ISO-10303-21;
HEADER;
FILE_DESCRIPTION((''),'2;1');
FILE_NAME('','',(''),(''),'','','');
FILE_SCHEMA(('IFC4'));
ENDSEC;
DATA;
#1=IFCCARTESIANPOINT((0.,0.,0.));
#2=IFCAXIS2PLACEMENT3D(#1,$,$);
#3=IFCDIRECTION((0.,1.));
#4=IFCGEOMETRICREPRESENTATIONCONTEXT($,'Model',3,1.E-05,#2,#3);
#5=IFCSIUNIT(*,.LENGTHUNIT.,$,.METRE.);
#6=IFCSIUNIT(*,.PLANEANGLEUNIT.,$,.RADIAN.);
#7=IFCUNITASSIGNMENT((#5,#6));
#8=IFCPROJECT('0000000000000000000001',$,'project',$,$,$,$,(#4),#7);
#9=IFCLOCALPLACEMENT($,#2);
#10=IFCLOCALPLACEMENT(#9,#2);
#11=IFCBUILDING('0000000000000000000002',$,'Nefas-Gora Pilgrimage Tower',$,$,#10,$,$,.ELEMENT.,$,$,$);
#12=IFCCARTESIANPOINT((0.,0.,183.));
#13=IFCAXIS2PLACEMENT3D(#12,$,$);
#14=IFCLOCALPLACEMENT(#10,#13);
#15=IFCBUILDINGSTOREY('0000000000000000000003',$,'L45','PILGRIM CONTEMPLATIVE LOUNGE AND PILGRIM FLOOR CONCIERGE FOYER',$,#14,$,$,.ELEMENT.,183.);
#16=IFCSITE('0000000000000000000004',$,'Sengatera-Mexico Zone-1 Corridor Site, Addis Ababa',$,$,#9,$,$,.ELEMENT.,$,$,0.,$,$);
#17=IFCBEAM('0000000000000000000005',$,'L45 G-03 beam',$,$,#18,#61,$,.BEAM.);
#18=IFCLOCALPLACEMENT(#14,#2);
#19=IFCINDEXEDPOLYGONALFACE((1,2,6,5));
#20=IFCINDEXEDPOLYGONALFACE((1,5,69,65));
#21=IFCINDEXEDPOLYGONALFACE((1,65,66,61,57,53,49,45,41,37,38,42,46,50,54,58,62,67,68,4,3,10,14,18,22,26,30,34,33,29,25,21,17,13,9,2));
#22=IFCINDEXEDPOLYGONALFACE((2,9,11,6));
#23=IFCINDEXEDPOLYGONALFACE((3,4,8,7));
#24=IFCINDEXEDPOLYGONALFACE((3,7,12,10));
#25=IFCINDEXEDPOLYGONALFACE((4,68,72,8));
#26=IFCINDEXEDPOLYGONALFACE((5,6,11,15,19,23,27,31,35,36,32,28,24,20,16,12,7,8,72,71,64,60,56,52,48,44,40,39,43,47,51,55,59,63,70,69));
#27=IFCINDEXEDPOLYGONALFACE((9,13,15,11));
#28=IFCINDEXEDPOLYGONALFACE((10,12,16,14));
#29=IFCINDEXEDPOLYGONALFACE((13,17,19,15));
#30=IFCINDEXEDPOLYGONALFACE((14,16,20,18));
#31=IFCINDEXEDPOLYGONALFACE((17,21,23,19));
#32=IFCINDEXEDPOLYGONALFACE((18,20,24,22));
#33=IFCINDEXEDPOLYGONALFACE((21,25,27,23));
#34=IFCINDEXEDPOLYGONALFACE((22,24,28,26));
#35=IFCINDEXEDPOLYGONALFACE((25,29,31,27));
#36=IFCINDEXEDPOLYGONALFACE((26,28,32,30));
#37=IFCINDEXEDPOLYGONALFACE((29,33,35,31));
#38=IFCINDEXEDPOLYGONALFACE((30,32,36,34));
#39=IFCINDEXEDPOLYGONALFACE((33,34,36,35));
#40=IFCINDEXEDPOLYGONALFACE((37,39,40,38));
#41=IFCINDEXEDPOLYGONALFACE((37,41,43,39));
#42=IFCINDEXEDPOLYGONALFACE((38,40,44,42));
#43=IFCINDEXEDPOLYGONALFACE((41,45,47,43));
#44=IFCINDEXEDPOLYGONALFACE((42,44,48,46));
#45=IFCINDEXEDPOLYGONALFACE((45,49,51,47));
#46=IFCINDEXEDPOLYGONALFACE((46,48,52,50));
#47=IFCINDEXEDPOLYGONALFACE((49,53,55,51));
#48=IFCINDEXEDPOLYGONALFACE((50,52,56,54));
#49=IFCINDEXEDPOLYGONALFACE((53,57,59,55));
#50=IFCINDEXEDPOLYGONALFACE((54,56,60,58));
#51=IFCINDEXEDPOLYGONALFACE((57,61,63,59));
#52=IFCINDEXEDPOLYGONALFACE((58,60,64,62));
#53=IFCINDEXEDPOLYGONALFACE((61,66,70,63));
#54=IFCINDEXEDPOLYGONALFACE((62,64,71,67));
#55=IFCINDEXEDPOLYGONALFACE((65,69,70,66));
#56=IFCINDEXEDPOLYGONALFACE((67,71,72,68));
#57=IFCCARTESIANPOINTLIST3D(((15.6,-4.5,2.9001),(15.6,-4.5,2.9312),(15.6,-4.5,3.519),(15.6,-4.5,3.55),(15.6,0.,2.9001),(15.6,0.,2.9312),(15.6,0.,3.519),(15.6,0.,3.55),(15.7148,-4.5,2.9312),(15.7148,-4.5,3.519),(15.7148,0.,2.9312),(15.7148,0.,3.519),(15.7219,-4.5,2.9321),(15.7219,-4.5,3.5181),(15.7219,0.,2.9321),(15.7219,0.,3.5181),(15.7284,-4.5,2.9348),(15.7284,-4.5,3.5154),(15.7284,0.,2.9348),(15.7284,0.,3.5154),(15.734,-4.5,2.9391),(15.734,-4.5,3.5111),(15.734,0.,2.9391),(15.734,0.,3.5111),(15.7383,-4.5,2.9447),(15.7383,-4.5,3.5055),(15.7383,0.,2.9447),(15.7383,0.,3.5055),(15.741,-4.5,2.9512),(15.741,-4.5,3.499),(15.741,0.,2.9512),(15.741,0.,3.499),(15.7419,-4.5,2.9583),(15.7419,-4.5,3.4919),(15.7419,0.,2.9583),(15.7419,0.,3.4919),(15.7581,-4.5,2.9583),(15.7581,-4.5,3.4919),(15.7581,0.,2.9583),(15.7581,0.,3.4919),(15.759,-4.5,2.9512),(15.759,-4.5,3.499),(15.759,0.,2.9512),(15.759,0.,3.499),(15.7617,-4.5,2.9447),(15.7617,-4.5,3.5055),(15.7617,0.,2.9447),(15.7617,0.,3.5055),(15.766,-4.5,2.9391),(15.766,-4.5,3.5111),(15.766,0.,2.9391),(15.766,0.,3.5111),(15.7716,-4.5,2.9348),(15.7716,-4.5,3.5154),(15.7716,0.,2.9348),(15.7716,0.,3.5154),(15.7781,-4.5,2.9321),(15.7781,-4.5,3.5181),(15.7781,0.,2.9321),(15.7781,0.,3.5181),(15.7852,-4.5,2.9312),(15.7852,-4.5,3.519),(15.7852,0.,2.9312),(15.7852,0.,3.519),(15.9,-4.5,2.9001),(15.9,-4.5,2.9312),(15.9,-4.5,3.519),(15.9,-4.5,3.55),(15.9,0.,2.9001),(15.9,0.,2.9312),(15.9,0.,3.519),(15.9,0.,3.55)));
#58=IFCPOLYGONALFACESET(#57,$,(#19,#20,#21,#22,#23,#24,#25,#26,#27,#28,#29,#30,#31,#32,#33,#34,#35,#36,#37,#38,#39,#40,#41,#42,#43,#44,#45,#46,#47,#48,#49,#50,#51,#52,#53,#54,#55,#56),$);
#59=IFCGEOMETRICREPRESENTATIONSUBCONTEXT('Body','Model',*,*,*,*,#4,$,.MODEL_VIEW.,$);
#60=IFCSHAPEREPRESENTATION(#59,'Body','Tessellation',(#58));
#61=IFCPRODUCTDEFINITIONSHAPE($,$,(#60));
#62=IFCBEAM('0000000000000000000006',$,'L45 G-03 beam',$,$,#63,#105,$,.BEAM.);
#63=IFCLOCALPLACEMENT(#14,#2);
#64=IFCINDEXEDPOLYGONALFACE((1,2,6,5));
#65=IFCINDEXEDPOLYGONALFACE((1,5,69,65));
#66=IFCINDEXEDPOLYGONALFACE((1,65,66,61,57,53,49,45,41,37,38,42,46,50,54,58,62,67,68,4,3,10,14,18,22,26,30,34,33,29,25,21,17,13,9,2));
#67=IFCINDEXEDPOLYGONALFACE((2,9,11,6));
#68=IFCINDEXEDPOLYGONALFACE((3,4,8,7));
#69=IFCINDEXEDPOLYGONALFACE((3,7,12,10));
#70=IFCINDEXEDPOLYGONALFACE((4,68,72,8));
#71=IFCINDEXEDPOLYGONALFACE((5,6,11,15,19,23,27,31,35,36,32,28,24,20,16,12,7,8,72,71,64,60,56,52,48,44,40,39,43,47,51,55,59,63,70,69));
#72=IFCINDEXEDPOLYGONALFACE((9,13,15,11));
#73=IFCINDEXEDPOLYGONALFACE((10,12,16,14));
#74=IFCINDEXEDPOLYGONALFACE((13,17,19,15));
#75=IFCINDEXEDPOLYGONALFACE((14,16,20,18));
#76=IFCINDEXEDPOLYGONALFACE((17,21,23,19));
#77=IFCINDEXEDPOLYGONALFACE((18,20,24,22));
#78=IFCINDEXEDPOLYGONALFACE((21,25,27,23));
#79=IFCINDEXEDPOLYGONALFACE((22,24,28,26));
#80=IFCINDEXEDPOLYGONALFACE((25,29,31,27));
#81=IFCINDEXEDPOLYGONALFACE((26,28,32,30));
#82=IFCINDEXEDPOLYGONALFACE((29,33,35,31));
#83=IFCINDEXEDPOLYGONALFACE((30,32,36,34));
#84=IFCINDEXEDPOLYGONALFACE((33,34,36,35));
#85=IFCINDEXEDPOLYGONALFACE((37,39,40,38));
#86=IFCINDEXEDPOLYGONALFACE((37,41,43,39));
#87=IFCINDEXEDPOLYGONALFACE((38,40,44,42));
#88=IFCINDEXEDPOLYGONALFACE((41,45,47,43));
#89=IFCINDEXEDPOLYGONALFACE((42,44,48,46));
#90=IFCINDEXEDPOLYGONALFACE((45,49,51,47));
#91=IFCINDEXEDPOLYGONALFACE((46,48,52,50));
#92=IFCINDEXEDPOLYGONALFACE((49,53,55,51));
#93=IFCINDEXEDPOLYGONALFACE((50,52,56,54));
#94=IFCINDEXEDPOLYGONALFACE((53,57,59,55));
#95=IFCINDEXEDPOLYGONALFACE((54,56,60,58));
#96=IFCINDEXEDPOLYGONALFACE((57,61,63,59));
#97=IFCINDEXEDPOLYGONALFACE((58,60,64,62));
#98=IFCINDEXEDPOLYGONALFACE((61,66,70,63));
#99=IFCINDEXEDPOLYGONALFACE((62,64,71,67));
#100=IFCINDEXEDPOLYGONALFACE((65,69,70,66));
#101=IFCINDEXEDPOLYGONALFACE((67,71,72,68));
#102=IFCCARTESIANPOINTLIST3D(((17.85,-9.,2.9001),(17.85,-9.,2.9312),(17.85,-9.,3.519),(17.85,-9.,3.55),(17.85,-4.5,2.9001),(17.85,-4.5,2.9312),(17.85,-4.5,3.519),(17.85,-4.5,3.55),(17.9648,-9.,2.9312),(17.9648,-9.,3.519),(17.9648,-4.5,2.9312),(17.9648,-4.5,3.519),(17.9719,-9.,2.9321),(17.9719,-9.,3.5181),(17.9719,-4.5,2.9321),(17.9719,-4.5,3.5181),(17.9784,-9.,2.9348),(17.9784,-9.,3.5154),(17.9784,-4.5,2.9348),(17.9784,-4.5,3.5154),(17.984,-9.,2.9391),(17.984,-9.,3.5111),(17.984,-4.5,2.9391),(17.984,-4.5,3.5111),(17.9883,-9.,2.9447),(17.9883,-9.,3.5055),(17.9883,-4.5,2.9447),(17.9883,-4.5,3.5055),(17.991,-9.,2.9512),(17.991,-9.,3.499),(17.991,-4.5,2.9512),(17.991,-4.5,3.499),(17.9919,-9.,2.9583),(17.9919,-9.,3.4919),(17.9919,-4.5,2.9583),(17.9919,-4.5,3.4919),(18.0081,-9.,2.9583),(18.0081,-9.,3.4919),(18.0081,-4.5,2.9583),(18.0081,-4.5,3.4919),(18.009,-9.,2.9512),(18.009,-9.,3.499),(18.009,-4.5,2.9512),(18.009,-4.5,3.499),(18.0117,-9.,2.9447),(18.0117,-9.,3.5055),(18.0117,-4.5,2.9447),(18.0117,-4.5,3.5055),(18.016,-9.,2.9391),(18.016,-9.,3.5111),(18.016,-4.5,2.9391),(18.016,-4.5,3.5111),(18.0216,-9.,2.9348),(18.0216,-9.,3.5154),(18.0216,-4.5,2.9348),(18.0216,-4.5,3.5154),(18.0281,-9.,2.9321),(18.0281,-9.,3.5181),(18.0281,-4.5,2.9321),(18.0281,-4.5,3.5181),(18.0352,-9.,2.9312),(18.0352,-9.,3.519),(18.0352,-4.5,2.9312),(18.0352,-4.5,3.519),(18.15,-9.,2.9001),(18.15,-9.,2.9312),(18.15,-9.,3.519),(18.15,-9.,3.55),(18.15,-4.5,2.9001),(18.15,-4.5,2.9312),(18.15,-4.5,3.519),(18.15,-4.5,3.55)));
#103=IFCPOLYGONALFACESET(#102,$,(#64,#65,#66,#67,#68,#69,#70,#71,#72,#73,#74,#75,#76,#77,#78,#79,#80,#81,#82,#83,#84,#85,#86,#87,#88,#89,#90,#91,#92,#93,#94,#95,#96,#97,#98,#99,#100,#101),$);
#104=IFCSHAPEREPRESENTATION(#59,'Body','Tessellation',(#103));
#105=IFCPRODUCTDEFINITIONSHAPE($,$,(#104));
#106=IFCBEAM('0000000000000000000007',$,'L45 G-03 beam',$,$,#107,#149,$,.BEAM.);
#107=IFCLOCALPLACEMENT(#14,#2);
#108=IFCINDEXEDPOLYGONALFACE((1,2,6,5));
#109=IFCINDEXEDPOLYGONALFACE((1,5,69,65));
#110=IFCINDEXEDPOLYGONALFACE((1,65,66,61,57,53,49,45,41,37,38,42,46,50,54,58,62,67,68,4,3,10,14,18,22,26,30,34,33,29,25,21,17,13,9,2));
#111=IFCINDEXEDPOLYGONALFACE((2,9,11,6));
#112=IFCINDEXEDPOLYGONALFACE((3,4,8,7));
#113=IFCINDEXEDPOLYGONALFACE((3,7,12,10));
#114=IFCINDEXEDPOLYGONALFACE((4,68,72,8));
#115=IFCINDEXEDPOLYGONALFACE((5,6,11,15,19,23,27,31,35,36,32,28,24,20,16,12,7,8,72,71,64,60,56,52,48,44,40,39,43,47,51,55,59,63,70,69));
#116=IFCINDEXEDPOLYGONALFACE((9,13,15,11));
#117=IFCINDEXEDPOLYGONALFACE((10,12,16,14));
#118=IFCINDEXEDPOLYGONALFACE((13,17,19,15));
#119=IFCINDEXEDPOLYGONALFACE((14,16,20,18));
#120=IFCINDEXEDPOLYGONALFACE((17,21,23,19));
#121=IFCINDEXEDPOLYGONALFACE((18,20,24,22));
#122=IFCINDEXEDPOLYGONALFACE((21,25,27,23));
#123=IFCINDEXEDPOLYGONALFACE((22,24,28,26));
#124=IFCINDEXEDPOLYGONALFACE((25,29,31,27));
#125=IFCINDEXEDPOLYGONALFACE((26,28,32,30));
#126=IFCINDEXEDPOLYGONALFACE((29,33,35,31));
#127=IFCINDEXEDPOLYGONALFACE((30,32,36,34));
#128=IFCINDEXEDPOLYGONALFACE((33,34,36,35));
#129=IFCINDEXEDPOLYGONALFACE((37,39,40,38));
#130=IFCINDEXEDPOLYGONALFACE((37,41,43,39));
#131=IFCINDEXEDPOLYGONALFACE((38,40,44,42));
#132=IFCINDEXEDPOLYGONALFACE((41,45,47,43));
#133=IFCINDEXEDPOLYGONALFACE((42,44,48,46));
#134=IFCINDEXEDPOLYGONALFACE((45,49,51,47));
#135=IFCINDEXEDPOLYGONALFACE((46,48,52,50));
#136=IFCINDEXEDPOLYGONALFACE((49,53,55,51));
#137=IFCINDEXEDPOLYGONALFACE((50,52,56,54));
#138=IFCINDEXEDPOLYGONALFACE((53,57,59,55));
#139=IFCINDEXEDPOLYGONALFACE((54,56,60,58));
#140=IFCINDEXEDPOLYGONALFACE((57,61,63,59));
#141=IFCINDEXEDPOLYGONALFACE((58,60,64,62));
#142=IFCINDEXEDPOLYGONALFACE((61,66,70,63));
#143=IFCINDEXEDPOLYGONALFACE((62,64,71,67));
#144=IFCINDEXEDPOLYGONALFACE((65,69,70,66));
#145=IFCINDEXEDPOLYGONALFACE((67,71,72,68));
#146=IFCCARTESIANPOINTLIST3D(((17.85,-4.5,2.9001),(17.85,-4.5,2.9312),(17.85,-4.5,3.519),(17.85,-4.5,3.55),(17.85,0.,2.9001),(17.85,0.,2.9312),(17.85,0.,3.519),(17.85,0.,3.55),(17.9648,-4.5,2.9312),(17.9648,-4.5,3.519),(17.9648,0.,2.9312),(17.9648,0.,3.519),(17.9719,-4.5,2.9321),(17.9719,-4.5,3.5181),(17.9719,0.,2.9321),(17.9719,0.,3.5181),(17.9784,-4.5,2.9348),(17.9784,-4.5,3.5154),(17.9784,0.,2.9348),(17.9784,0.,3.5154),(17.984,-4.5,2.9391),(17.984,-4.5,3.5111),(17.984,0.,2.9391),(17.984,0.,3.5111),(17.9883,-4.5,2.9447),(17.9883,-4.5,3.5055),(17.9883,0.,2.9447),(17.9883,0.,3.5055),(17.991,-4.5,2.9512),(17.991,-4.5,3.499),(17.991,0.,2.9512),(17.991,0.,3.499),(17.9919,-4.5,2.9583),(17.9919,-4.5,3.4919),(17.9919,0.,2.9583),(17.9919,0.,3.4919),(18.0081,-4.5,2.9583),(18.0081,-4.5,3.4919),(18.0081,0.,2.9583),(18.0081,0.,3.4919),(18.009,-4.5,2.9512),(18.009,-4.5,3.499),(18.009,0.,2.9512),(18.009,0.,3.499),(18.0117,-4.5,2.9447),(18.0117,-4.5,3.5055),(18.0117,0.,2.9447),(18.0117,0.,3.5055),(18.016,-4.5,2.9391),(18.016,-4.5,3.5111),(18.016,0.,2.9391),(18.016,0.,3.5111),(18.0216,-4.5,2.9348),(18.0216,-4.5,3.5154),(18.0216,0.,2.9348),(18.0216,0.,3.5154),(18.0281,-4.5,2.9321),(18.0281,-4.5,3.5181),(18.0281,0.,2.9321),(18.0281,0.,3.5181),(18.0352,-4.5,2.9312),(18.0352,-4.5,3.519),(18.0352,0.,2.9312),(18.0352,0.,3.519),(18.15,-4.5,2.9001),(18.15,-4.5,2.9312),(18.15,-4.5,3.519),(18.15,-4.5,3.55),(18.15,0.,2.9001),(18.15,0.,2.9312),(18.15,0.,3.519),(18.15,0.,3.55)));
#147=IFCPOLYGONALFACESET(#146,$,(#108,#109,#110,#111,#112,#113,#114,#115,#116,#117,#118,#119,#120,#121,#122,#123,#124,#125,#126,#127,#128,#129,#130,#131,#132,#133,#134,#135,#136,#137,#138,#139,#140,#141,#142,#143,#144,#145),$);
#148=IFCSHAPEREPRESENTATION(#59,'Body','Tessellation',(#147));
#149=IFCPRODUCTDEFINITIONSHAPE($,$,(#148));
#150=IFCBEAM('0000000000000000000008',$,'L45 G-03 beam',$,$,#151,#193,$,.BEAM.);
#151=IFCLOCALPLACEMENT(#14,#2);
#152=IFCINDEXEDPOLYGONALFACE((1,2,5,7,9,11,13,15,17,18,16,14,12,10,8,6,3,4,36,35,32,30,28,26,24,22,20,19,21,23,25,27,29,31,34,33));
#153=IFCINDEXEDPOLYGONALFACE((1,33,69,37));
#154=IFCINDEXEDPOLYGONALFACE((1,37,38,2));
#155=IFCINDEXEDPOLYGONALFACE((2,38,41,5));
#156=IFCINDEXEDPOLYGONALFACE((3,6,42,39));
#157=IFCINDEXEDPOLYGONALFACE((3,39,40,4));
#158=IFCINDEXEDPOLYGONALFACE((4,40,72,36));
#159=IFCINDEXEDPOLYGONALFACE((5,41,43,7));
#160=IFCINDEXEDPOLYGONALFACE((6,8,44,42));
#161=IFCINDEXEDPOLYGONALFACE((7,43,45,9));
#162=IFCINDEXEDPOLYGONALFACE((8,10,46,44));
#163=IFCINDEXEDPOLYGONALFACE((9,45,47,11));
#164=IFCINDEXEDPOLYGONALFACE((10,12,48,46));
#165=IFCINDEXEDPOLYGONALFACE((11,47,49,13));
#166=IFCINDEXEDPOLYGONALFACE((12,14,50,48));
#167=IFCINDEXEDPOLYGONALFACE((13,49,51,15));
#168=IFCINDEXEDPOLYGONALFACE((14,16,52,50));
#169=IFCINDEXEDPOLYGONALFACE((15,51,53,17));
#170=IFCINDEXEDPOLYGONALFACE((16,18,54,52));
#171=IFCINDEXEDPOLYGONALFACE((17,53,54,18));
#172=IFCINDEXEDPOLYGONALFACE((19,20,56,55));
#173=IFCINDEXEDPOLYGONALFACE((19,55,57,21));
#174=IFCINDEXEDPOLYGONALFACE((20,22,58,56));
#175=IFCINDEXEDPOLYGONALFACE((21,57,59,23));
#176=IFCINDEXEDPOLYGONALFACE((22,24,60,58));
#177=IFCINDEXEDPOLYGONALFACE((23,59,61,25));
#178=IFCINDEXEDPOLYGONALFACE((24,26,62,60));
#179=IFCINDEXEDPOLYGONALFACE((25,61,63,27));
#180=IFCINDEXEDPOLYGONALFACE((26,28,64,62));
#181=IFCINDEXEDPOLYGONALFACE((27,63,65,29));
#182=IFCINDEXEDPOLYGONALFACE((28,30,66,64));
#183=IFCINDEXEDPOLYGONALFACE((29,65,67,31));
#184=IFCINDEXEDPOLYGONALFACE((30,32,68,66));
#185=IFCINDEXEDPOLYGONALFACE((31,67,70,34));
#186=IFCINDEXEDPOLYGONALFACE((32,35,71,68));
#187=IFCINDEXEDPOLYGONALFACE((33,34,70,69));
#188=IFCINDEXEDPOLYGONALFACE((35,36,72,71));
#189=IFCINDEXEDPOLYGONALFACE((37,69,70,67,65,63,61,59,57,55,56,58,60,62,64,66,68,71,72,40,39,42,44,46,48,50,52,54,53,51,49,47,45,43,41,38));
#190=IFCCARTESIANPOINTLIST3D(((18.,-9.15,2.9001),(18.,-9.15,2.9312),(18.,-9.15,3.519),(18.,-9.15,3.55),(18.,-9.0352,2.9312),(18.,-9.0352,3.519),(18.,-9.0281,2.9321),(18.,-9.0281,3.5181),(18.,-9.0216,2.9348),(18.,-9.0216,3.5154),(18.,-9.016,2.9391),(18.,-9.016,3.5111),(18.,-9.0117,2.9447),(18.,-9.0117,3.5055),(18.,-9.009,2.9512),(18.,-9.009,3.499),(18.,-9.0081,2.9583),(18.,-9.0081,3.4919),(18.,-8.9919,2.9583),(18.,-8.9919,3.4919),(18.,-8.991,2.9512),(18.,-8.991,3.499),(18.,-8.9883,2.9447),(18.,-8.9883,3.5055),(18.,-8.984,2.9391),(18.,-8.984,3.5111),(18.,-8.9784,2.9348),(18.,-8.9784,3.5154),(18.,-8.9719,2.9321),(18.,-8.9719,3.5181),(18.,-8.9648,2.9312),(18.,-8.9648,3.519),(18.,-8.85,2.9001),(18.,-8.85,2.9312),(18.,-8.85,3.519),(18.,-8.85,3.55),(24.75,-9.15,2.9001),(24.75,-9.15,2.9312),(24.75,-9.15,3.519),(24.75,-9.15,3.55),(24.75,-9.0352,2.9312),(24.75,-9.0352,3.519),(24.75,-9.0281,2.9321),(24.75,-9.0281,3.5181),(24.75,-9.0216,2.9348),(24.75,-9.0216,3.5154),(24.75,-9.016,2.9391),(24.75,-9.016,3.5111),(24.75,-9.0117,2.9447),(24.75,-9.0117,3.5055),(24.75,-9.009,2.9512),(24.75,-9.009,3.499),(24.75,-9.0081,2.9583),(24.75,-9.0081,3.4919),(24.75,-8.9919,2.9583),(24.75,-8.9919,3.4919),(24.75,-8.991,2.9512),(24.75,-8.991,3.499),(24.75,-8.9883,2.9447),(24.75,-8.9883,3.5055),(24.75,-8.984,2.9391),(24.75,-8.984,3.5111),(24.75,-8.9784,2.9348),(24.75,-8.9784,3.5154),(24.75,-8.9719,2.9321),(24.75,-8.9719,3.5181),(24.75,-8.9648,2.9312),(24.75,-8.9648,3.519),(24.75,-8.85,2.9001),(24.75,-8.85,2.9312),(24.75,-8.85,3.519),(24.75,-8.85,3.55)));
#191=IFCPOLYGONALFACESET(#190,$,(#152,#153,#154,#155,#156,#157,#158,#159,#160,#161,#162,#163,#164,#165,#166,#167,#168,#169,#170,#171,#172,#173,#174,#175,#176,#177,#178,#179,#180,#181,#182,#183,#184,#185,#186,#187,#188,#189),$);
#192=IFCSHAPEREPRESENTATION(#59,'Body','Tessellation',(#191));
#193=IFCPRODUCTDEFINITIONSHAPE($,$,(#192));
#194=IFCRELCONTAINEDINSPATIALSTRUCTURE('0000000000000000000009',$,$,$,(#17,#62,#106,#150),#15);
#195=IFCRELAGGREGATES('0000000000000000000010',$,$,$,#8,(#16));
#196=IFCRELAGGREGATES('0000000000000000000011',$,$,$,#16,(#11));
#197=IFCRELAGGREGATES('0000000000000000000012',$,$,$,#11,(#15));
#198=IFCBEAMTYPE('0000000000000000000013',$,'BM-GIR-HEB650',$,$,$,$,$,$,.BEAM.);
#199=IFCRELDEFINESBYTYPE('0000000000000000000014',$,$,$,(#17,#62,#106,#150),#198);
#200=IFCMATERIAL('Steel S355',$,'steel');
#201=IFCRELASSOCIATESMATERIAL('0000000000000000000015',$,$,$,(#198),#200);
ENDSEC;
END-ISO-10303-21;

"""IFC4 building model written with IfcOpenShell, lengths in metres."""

from ifc_helpers import new_model, si_unit, direction, frame, origin, origin_2d, place, context, subcontext, project, spatial, i_section, extrude, source, transform, mapped, material, material_profile, profile_set, type_object, element, save


model = new_model("IFC4")

# Units and contexts
model_context = context("Model", 3, precision=1e-05, world=origin(), true_north=direction((0.0, 1.0)))
body_context = subcontext(model_context, "Body", "Model", "MODEL_VIEW")
ifc_project = project(units=[si_unit("LENGTHUNIT", "METRE"), si_unit("PLANEANGLEUNIT", "RADIAN")], contexts=[model_context])

# Site, building, storey
site_placement = place(None, origin())
site = spatial("IfcSite", under=ifc_project, at=site_placement, Name="Sengatera-Mexico Zone-1 Corridor Site, Addis Ababa", CompositionType="ELEMENT", RefElevation=0.0)
building_placement = place(site_placement, origin())
building = spatial("IfcBuilding", under=site, at=building_placement, Name="Nefas-Gora Pilgrimage Tower", CompositionType="ELEMENT")
storey_placement = place(building_placement, frame((0.0, 0.0, 183.0)))
storey = spatial("IfcBuildingStorey", under=building, at=storey_placement, Name="L45", Description="PILGRIM CONTEMPLATIVE LOUNGE AND PILGRIM FLOOR CONCIERGE FOYER", CompositionType="ELEMENT", Elevation=183.0)

# Beams
ifc_material_1 = material(Name="Steel S355", Category="steel")
ifc_material_profile_1 = material_profile(ifc_material_1, i_section(OverallWidth=0.3, OverallDepth=0.6499, WebThickness=0.0161, FlangeThickness=0.031, FilletRadius=0.0271, at=origin_2d()), Name="HEB 650")
ifc_profile_set_1 = profile_set([ifc_material_profile_1], Name="Steel S355")
beam_type_1 = type_object("IfcBeamType", Name="BM-GIR-HEB650", PredefinedType="BEAM", material=ifc_profile_set_1)
shared_shape_1 = source(origin(), body_context, "Body", "SweptSolid", [
    extrude(i_section(OverallWidth=0.3, OverallDepth=0.6499, WebThickness=0.0161, FlangeThickness=0.031, FilletRadius=0.0271, at=origin_2d()), origin(), (0.0, 0.0, 1.0), 4.5),
])
for number, where, z_axis, x_axis, name in (
    (1, (15.75, -4.5, 3.2251), (0.0, 1.0, 0.0), (-1.0, 0.0, 0.0), "L45 G-03 beam"),
    (2, (18.0, -9.0, 3.2251), (0.0, 1.0, 0.0), (-1.0, 0.0, 0.0), "L45 G-03 beam"),
    (3, (18.0, -4.5, 3.2251), (0.0, 1.0, 0.0), (-1.0, 0.0, 0.0), "L45 G-03 beam"),
):
    element("IfcBeam", number, at=place(storey_placement, frame(where, z_axis=z_axis, x_axis=x_axis)), inside=storey, type_object=beam_type_1, Name=name, PredefinedType="BEAM", context=body_context, shape_type="MappedRepresentation", body=[
        mapped(shared_shape_1, transform((0.0, 0.0, 0.0), x_axis=(1.0, 0.0, 0.0), y_axis=(0.0, 1.0, 0.0), z_axis=(0.0, 0.0, 1.0), scale=1.0)),
    ])
shared_shape_2 = source(origin(), body_context, "Body", "SweptSolid", [
    extrude(i_section(OverallWidth=0.3, OverallDepth=0.6499, WebThickness=0.0161, FlangeThickness=0.031, FilletRadius=0.0271, at=origin_2d()), origin(), (0.0, 0.0, 1.0), 6.75),
])
for number, where, z_axis, x_axis, name in (
    (4, (18.0, -9.0, 3.2251), (1.0, 0.0, 0.0), (0.0, 1.0, 0.0), "L45 G-03 beam"),
):
    element("IfcBeam", number, at=place(storey_placement, frame(where, z_axis=z_axis, x_axis=x_axis)), inside=storey, type_object=beam_type_1, Name=name, PredefinedType="BEAM", context=body_context, shape_type="MappedRepresentation", body=[
        mapped(shared_shape_2, transform((0.0, 0.0, 0.0), x_axis=(1.0, 0.0, 0.0), y_axis=(0.0, 1.0, 0.0), z_axis=(0.0, 0.0, 1.0), scale=1.0)),
    ])

save(model, "model.ifc")
